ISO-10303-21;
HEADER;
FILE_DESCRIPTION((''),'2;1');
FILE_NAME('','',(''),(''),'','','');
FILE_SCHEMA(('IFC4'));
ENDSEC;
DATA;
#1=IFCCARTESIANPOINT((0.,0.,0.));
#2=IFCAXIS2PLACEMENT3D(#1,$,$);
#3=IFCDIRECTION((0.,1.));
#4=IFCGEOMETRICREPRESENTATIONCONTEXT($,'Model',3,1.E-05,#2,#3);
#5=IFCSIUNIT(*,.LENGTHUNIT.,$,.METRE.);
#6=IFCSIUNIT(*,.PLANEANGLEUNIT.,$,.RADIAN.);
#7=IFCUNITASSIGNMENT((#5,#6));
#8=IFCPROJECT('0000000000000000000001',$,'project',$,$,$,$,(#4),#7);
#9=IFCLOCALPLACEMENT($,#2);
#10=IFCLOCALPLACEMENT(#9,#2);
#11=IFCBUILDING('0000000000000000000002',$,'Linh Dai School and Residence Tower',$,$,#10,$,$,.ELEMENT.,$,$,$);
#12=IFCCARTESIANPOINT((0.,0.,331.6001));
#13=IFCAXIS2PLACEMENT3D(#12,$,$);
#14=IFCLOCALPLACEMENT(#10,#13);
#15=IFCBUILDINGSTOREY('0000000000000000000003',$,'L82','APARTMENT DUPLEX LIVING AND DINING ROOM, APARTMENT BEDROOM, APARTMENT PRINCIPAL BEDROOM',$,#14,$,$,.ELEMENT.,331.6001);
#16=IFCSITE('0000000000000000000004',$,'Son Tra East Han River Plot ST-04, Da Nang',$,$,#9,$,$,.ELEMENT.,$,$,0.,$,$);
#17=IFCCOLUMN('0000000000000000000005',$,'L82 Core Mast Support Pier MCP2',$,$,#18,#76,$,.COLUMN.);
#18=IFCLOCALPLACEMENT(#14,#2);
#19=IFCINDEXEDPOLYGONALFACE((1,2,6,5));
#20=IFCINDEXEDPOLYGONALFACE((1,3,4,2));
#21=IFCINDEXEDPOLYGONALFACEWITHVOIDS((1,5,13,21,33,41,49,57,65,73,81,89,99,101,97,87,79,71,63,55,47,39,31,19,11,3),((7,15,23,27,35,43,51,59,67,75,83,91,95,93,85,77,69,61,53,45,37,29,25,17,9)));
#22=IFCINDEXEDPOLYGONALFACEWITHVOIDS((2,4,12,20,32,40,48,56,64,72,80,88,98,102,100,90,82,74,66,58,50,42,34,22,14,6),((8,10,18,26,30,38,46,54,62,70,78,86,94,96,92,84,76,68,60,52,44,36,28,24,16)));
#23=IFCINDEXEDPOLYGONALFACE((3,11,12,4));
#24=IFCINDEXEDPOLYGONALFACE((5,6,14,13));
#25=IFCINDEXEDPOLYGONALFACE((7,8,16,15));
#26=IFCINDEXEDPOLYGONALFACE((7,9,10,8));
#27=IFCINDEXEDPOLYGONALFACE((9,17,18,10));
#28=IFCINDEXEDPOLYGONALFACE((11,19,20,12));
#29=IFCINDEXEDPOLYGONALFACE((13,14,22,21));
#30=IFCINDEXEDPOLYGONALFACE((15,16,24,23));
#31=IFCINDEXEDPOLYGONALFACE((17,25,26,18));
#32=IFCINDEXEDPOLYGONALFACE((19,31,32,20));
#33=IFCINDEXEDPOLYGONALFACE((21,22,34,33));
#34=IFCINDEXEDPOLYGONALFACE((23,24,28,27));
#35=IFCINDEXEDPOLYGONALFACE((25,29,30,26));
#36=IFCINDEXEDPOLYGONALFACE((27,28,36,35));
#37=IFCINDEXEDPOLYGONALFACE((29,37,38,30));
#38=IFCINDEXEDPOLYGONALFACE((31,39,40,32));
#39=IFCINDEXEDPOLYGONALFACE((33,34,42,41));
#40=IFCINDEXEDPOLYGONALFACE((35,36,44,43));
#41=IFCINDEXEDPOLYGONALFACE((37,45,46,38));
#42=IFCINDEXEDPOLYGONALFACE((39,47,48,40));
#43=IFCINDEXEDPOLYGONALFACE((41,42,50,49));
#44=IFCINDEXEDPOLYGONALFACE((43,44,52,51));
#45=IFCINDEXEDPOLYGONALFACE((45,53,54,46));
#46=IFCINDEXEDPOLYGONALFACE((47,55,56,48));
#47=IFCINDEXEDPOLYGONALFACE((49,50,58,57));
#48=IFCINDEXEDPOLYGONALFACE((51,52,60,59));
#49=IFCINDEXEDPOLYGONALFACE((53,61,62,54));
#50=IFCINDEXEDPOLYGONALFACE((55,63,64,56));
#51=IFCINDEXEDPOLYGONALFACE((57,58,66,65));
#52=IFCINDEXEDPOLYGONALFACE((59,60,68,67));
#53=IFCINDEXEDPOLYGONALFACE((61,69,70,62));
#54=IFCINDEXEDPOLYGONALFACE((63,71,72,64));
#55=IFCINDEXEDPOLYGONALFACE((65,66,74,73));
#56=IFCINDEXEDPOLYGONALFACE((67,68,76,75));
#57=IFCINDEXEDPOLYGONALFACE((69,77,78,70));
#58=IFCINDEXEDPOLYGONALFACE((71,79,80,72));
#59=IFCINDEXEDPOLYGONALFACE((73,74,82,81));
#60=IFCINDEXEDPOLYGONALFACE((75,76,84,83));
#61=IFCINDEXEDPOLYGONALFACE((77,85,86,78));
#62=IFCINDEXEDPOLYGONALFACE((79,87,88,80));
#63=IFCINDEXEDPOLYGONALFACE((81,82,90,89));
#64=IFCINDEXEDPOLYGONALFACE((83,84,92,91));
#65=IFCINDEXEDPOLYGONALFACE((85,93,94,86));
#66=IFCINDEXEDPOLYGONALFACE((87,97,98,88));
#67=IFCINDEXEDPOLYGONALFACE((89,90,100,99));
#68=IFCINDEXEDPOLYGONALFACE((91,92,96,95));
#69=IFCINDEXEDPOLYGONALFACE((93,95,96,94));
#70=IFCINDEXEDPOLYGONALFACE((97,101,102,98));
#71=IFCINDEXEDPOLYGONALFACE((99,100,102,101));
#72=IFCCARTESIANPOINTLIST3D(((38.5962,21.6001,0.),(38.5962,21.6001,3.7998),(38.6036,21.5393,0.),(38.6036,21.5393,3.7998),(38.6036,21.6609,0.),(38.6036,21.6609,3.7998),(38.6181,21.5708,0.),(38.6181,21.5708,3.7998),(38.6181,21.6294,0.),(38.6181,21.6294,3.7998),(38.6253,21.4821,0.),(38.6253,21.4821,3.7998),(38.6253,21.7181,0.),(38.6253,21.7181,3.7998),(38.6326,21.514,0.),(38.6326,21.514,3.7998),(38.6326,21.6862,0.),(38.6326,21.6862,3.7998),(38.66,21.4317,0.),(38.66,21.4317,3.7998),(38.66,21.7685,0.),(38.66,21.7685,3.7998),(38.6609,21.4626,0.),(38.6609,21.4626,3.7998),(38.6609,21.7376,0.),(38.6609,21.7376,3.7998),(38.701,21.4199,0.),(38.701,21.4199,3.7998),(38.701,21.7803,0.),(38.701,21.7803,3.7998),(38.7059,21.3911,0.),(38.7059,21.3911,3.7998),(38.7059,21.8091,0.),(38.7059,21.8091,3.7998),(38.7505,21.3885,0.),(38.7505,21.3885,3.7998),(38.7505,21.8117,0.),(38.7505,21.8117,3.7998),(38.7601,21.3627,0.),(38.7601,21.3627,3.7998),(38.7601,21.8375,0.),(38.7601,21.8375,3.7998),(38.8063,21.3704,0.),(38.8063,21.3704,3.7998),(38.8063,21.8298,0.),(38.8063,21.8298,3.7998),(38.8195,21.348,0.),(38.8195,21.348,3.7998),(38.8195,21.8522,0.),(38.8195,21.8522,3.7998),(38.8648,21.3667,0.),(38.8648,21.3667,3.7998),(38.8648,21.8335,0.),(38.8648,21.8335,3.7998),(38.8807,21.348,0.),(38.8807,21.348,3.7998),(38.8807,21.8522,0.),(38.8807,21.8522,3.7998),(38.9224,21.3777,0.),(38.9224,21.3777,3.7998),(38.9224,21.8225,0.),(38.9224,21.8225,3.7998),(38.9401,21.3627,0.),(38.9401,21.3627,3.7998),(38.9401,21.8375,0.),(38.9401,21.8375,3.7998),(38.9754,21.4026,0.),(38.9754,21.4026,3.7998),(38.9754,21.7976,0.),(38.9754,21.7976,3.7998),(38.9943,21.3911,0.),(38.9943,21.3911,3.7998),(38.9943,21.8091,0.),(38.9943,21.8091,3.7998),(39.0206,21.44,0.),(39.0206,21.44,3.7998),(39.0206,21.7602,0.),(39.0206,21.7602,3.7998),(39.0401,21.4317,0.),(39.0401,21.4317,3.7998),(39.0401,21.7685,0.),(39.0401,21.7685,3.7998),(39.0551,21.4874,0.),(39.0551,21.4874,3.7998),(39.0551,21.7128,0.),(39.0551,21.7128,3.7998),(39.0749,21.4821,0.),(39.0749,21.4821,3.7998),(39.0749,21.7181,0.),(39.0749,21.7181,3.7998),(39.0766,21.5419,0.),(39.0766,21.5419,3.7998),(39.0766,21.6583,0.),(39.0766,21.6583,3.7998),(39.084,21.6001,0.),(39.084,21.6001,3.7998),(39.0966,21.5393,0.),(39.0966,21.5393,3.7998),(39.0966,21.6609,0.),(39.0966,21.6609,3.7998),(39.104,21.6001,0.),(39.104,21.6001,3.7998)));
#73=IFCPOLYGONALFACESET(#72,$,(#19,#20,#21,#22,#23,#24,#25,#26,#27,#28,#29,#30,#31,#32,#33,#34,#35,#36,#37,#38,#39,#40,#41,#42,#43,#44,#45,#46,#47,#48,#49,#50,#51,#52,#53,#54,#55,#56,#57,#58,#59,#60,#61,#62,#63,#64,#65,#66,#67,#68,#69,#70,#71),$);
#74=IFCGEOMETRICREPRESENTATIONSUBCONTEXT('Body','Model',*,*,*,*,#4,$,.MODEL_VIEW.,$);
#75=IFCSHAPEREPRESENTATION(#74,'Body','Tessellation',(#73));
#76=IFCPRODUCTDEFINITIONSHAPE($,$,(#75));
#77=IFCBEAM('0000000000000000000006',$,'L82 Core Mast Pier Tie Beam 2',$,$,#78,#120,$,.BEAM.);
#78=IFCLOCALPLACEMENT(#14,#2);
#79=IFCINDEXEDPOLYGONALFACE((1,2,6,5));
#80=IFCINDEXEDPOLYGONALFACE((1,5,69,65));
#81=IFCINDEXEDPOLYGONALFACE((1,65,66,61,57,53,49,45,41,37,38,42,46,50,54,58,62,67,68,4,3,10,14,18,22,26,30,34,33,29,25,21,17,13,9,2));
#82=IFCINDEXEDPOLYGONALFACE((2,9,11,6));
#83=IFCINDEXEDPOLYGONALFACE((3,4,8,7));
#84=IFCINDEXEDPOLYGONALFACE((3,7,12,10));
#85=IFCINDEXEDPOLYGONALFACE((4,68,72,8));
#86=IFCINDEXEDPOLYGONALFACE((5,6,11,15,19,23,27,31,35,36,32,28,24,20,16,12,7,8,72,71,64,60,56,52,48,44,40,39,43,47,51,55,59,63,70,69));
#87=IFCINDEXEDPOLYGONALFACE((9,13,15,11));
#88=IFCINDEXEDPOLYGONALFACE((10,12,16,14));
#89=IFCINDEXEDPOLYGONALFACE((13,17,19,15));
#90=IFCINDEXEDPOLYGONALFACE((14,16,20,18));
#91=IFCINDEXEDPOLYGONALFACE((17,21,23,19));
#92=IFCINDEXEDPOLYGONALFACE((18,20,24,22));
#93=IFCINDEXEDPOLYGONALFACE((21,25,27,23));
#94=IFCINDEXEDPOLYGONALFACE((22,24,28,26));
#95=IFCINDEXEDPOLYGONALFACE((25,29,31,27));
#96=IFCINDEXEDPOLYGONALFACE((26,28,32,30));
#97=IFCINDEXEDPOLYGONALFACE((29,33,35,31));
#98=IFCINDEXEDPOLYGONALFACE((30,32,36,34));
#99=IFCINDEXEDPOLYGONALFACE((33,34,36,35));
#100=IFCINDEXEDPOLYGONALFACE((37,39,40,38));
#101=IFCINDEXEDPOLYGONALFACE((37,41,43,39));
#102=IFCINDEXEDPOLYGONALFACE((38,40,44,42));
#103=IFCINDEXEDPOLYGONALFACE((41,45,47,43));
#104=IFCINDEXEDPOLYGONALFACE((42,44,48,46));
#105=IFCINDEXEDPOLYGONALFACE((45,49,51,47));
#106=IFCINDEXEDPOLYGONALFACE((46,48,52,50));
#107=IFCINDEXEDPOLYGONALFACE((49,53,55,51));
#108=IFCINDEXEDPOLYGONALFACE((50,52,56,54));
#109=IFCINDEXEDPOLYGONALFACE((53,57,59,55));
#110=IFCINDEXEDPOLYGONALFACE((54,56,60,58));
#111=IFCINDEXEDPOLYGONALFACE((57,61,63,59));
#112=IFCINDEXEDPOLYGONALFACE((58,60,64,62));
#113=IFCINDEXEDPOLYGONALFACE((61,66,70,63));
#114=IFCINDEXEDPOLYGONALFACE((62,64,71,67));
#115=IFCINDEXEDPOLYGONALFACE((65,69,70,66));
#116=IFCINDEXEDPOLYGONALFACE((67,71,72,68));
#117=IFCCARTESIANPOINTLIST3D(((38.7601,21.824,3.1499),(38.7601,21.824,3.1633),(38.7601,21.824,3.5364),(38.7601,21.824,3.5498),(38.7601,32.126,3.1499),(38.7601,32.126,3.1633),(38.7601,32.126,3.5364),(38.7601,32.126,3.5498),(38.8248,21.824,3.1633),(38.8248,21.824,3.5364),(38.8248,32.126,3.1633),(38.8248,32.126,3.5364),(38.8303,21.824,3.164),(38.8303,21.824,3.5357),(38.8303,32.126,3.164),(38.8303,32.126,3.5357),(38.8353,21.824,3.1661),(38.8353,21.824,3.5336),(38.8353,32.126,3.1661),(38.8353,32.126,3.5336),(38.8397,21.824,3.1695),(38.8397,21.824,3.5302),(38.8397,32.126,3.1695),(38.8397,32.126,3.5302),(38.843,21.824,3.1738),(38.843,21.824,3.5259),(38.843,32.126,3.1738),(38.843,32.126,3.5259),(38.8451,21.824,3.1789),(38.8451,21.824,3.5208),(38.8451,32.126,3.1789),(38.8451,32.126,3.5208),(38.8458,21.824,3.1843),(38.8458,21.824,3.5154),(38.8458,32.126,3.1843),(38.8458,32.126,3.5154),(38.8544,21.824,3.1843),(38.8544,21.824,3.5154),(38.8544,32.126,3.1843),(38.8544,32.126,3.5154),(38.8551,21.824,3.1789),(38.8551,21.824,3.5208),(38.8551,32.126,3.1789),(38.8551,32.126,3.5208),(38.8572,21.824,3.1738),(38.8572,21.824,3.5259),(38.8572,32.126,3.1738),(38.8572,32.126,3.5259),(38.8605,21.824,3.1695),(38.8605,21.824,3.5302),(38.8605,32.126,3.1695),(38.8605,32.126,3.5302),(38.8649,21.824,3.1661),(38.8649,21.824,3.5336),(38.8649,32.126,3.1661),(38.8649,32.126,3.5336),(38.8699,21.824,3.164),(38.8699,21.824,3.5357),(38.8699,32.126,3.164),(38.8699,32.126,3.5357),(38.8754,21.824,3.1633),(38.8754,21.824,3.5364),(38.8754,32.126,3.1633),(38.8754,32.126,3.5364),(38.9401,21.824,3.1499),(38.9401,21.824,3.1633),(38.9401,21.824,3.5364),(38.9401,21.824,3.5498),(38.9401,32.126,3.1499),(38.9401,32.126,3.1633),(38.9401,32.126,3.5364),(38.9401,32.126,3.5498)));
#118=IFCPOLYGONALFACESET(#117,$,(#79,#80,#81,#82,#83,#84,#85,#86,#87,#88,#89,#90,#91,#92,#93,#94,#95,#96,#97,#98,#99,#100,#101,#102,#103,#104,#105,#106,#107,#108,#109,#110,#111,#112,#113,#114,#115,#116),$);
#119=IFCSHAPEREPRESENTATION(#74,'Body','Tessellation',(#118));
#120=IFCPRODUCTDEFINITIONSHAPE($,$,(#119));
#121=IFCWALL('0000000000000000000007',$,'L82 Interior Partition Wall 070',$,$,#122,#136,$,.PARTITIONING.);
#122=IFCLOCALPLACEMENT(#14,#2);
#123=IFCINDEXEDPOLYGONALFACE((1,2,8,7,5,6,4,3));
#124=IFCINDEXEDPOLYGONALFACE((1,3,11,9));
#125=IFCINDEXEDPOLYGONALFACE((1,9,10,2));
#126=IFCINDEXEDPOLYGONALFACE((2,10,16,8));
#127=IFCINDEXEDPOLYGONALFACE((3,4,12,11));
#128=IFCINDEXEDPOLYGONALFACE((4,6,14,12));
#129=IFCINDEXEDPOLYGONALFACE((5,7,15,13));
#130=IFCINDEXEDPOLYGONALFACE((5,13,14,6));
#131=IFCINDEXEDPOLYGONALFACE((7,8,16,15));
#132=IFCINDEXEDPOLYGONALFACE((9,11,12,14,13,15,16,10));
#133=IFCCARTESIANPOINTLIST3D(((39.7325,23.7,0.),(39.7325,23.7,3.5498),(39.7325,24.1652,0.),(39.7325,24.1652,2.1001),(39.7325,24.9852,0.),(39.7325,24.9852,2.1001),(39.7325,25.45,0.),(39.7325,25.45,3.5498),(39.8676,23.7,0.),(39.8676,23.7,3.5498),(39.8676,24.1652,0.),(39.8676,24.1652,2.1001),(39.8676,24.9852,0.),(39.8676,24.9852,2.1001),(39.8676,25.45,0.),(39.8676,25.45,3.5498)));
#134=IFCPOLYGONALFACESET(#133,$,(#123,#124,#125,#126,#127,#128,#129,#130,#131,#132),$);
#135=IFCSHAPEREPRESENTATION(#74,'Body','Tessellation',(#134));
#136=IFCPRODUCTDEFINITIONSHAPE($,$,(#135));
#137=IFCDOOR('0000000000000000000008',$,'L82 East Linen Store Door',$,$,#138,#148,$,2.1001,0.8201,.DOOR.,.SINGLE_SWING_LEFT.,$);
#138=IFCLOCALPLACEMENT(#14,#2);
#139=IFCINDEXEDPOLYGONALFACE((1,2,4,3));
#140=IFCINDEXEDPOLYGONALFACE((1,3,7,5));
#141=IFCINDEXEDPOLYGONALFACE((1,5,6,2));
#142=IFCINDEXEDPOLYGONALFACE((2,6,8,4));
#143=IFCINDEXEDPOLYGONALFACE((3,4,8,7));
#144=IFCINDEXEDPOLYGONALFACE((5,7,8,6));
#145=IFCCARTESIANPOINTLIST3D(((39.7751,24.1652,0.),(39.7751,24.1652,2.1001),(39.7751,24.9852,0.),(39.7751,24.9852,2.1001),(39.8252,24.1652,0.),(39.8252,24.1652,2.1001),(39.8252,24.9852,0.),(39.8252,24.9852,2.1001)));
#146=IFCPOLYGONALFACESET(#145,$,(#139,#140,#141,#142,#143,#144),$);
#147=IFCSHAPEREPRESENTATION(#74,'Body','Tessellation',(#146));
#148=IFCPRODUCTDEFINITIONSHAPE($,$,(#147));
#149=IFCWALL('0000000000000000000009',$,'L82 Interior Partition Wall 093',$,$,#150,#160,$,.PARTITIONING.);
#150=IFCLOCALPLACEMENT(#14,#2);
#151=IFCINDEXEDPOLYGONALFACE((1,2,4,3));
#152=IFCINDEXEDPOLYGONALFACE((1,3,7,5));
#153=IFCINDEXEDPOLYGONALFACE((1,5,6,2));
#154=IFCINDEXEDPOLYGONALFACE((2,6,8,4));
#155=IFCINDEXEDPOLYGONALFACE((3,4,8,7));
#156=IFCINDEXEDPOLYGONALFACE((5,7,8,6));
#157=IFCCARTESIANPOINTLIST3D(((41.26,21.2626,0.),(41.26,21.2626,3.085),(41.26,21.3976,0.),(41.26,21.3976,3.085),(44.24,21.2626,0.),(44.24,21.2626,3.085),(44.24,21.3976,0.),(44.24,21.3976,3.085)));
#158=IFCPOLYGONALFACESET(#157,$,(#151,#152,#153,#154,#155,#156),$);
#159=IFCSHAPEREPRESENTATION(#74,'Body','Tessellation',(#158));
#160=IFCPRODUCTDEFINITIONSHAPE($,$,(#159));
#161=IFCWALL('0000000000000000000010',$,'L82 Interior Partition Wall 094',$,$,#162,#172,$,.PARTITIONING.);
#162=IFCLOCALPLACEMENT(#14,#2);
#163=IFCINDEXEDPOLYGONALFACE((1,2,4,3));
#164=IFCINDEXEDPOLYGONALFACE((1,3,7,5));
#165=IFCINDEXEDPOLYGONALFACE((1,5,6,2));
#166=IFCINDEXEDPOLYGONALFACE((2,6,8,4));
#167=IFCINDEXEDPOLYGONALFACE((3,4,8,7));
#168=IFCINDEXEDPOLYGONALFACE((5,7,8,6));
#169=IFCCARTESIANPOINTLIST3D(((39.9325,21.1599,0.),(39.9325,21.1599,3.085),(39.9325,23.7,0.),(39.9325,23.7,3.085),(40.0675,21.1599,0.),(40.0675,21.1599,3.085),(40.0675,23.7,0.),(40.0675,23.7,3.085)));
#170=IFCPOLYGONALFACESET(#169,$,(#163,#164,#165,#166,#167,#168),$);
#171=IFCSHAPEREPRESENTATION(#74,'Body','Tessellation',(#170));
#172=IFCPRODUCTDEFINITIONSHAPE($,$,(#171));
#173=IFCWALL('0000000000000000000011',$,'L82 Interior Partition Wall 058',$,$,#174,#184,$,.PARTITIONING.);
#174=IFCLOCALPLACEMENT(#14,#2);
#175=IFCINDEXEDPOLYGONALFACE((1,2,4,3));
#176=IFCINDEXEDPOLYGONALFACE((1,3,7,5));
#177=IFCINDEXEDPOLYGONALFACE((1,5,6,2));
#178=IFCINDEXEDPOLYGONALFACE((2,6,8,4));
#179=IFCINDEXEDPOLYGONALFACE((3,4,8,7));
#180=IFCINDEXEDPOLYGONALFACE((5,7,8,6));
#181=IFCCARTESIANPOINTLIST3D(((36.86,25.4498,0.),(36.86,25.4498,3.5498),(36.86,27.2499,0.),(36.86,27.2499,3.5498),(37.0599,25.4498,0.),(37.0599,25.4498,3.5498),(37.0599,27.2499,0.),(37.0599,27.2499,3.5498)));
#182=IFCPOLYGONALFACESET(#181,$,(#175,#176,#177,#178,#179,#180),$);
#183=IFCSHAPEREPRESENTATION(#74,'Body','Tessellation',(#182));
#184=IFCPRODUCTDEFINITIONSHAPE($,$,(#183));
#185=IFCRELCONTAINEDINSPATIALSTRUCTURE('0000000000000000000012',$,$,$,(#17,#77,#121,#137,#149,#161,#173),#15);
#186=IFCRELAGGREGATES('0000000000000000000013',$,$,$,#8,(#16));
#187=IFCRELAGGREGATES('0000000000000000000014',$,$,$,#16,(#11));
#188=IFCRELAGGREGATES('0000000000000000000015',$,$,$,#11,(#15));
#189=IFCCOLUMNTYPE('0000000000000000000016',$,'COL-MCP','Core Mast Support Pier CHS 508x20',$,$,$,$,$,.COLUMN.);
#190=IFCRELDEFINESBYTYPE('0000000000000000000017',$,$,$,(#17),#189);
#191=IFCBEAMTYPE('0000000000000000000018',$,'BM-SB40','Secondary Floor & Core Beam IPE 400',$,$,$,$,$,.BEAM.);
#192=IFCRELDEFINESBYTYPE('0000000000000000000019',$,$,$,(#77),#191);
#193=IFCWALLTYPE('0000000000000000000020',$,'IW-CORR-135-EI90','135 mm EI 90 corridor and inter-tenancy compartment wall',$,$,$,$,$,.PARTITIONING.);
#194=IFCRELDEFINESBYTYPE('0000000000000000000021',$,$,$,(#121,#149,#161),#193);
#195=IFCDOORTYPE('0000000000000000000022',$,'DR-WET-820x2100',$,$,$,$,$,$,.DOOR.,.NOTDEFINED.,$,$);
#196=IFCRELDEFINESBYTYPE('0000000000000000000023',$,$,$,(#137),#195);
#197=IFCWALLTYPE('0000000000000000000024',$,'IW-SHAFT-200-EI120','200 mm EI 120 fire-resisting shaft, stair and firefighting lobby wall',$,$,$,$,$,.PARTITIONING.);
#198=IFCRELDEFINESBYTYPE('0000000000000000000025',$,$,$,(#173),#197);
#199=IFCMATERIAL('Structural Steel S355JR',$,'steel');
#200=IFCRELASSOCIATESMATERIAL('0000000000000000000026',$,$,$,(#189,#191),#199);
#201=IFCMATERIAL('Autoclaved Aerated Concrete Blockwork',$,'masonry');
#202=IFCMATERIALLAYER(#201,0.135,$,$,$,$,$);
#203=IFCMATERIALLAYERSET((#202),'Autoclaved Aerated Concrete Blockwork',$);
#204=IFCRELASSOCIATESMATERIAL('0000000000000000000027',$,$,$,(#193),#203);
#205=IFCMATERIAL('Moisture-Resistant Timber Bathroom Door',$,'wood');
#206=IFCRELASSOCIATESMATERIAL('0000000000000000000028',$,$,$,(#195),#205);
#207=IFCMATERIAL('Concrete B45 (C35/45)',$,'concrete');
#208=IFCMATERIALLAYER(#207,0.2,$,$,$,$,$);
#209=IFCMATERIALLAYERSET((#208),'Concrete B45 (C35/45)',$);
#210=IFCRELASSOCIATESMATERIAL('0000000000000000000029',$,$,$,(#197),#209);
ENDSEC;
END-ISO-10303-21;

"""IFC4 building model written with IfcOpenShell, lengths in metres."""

from ifc_helpers import new_model, si_unit, direction, frame, frame_2d, origin, origin_2d, place, context, subcontext, project, spatial, rectangle, hollow_circle, i_section, extrude, source, transform, mapped, material, layer, layer_set, material_profile, profile_set, type_object, element, fill, save


model = new_model("IFC4")

# Units and contexts
model_context = context("Model", 3, precision=1e-05, world=origin(), true_north=direction((0.0, 1.0)))
body_context = subcontext(model_context, "Body", "Model", "MODEL_VIEW")
ifc_project = project(units=[si_unit("LENGTHUNIT", "METRE"), si_unit("PLANEANGLEUNIT", "RADIAN")], contexts=[model_context])

# Site, building, storey
site_placement = place(None, origin())
site = spatial("IfcSite", under=ifc_project, at=site_placement, Name="Son Tra East Han River Plot ST-04, Da Nang", CompositionType="ELEMENT", RefElevation=0.0)
building_placement = place(site_placement, origin())
building = spatial("IfcBuilding", under=site, at=building_placement, Name="Linh Dai School and Residence Tower", CompositionType="ELEMENT")
storey_placement = place(building_placement, frame((0.0, 0.0, 331.6001)))
storey = spatial("IfcBuildingStorey", under=building, at=storey_placement, Name="L82", Description="APARTMENT DUPLEX LIVING AND DINING ROOM, APARTMENT BEDROOM, APARTMENT PRINCIPAL BEDROOM", CompositionType="ELEMENT", Elevation=331.6001)

# Column
ifc_material_1 = material(Name="Structural Steel S355JR", Category="steel")
ifc_material_profile_1 = material_profile(ifc_material_1, hollow_circle(Radius=0.2539, WallThickness=0.02, at=origin_2d()), Name="CHS 508x20")
ifc_profile_set_1 = profile_set([ifc_material_profile_1], Name="Structural Steel S355JR")
column_type_1 = type_object("IfcColumnType", Name="COL-MCP", Description="Core Mast Support Pier CHS 508x20", PredefinedType="COLUMN", material=ifc_profile_set_1)
column_placement = place(storey_placement, frame((38.8501, 21.6001, 0.0), z_axis=(0.0, 0.0, 1.0), x_axis=(1.0, 0.0, 0.0)))
element("IfcColumn", 1, at=column_placement, inside=storey, type_object=column_type_1, Name="L82 Core Mast Support Pier MCP2", PredefinedType="COLUMN", context=body_context, shape_type="SweptSolid", body=[
    extrude(hollow_circle(Radius=0.2539, WallThickness=0.02, at=origin_2d()), origin(), (0.0, 0.0, 1.0), 3.7998),
])

# Beam
ifc_material_profile_2 = material_profile(ifc_material_1, i_section(OverallWidth=0.1799, OverallDepth=0.3999, WebThickness=0.0085, FlangeThickness=0.0134, FilletRadius=0.021, at=origin_2d()), Name="IPE 400")
ifc_profile_set_2 = profile_set([ifc_material_profile_2], Name="Structural Steel S355JR")
beam_type = type_object("IfcBeamType", Name="BM-SB40", Description="Secondary Floor & Core Beam IPE 400", PredefinedType="BEAM", material=ifc_profile_set_2)
beam_placement = place(storey_placement, frame((38.8501, 21.824, 3.3499), z_axis=(0.0, 1.0, 0.0), x_axis=(-1.0, 0.0, 0.0)))
element("IfcBeam", 2, at=beam_placement, inside=storey, type_object=beam_type, Name="L82 Core Mast Pier Tie Beam 2", PredefinedType="BEAM", context=body_context, shape_type="SweptSolid", body=[
    extrude(i_section(OverallWidth=0.1799, OverallDepth=0.3999, WebThickness=0.0085, FlangeThickness=0.0134, FilletRadius=0.021, at=origin_2d()), origin(), (0.0, 0.0, 1.0), 10.302),
])

# Wall, opening, door
ifc_material_2 = material(Name="Autoclaved Aerated Concrete Blockwork", Category="masonry")
ifc_layer_1 = layer(ifc_material_2, 0.135)
ifc_layer_set_1 = layer_set([ifc_layer_1], Name="Autoclaved Aerated Concrete Blockwork")
wall_type_1 = type_object("IfcWallType", Name="IW-CORR-135-EI90", Description="135 mm EI 90 corridor and inter-tenancy compartment wall", PredefinedType="PARTITIONING", material=ifc_layer_set_1)
wall_1_placement = place(storey_placement, frame((39.8, 23.7, 0.0), z_axis=(0.0, 0.0, 1.0), x_axis=(0.0, 1.0, 0.0)))
wall_1 = element("IfcWall", 3, at=wall_1_placement, inside=storey, type_object=wall_type_1, Name="L82 Interior Partition Wall 070", PredefinedType="PARTITIONING", context=body_context, shape_type="SweptSolid", body=[
    extrude(rectangle(XDim=1.75, YDim=0.135, at=frame_2d((0.875, 0.0))), origin(), (0.0, 0.0, 1.0), 3.5498),
])
opening_placement = place(wall_1_placement, frame((0.4651, 0.0, 0.0)))
opening = element("IfcOpeningElement", 4, at=opening_placement, cuts=wall_1, PredefinedType="OPENING", context=body_context, shape_type="SweptSolid", body=[
    extrude(rectangle(XDim=0.8201, YDim=2.1001, at=origin_2d()), frame((0.4102, 0.0776, 1.05), z_axis=(0.0, -1.0, 0.0), x_axis=(1.0, 0.0, 0.0)), (0.0, 0.0, 1.0), 0.155),
])
ifc_material_3 = material(Name="Moisture-Resistant Timber Bathroom Door", Category="wood")
door_type = type_object("IfcDoorType", Name="DR-WET-820x2100", OperationType="NOTDEFINED", PredefinedType="DOOR", material=ifc_material_3)
shared_shape_1 = source(origin(), body_context, "Body", "SweptSolid", [
    extrude(rectangle(XDim=0.8201, YDim=2.1001, at=origin_2d()), frame((0.4102, 0.0249, 1.05), z_axis=(0.0, -1.0, 0.0), x_axis=(1.0, 0.0, 0.0)), (0.0, 0.0, 1.0), 0.05),
])
door_placement = place(opening_placement, origin())
door = element("IfcDoor", 5, at=door_placement, inside=storey, type_object=door_type, Name="L82 East Linen Store Door", OperationType="SINGLE_SWING_LEFT", OverallHeight=2.1001, OverallWidth=0.8201, PredefinedType="DOOR", context=body_context, shape_type="MappedRepresentation", body=[
    mapped(shared_shape_1, transform((0.0, 0.0, 0.0), x_axis=(1.0, 0.0, 0.0), y_axis=(0.0, 1.0, 0.0), z_axis=(0.0, 0.0, 1.0), scale=1.0)),
])
fill(opening, door)

# Walls
wall_2_placement = place(storey_placement, frame((44.24, 21.3301, 0.0), z_axis=(0.0, 0.0, 1.0), x_axis=(-1.0, 0.0, 0.0)))
element("IfcWall", 6, at=wall_2_placement, inside=storey, type_object=wall_type_1, Name="L82 Interior Partition Wall 093", PredefinedType="PARTITIONING", context=body_context, shape_type="SweptSolid", body=[
    extrude(rectangle(XDim=2.98, YDim=0.135, at=frame_2d((1.49, 0.0))), origin(), (0.0, 0.0, 1.0), 3.085),
])
wall_3_placement = place(storey_placement, frame((40.0, 23.7, 0.0), z_axis=(0.0, 0.0, 1.0), x_axis=(0.0, -1.0, 0.0)))
element("IfcWall", 7, at=wall_3_placement, inside=storey, type_object=wall_type_1, Name="L82 Interior Partition Wall 094", PredefinedType="PARTITIONING", context=body_context, shape_type="SweptSolid", body=[
    extrude(rectangle(XDim=2.54, YDim=0.135, at=frame_2d((1.27, 0.0))), origin(), (0.0, 0.0, 1.0), 3.085),
])
ifc_material_4 = material(Name="Concrete B45 (C35/45)", Category="concrete")
ifc_layer_2 = layer(ifc_material_4, 0.2)
ifc_layer_set_2 = layer_set([ifc_layer_2], Name="Concrete B45 (C35/45)")
wall_type_2 = type_object("IfcWallType", Name="IW-SHAFT-200-EI120", Description="200 mm EI 120 fire-resisting shaft, stair and firefighting lobby wall", PredefinedType="PARTITIONING", material=ifc_layer_set_2)
for number, where, z_axis, x_axis, name in (
    (8, (36.96, 25.45, 0.0), (0.0, 0.0, 1.0), (0.0, 1.0, 0.0), "L82 Interior Partition Wall 058"),
):
    element("IfcWall", number, at=place(storey_placement, frame(where, z_axis=z_axis, x_axis=x_axis)), inside=storey, type_object=wall_type_2, Name=name, PredefinedType="PARTITIONING", context=body_context, shape_type="SweptSolid", body=[
        extrude(rectangle(XDim=1.8, YDim=0.2, at=frame_2d((0.8999, 0.0))), origin(), (0.0, 0.0, 1.0), 3.5498),
    ])

save(model, "model.ifc")
